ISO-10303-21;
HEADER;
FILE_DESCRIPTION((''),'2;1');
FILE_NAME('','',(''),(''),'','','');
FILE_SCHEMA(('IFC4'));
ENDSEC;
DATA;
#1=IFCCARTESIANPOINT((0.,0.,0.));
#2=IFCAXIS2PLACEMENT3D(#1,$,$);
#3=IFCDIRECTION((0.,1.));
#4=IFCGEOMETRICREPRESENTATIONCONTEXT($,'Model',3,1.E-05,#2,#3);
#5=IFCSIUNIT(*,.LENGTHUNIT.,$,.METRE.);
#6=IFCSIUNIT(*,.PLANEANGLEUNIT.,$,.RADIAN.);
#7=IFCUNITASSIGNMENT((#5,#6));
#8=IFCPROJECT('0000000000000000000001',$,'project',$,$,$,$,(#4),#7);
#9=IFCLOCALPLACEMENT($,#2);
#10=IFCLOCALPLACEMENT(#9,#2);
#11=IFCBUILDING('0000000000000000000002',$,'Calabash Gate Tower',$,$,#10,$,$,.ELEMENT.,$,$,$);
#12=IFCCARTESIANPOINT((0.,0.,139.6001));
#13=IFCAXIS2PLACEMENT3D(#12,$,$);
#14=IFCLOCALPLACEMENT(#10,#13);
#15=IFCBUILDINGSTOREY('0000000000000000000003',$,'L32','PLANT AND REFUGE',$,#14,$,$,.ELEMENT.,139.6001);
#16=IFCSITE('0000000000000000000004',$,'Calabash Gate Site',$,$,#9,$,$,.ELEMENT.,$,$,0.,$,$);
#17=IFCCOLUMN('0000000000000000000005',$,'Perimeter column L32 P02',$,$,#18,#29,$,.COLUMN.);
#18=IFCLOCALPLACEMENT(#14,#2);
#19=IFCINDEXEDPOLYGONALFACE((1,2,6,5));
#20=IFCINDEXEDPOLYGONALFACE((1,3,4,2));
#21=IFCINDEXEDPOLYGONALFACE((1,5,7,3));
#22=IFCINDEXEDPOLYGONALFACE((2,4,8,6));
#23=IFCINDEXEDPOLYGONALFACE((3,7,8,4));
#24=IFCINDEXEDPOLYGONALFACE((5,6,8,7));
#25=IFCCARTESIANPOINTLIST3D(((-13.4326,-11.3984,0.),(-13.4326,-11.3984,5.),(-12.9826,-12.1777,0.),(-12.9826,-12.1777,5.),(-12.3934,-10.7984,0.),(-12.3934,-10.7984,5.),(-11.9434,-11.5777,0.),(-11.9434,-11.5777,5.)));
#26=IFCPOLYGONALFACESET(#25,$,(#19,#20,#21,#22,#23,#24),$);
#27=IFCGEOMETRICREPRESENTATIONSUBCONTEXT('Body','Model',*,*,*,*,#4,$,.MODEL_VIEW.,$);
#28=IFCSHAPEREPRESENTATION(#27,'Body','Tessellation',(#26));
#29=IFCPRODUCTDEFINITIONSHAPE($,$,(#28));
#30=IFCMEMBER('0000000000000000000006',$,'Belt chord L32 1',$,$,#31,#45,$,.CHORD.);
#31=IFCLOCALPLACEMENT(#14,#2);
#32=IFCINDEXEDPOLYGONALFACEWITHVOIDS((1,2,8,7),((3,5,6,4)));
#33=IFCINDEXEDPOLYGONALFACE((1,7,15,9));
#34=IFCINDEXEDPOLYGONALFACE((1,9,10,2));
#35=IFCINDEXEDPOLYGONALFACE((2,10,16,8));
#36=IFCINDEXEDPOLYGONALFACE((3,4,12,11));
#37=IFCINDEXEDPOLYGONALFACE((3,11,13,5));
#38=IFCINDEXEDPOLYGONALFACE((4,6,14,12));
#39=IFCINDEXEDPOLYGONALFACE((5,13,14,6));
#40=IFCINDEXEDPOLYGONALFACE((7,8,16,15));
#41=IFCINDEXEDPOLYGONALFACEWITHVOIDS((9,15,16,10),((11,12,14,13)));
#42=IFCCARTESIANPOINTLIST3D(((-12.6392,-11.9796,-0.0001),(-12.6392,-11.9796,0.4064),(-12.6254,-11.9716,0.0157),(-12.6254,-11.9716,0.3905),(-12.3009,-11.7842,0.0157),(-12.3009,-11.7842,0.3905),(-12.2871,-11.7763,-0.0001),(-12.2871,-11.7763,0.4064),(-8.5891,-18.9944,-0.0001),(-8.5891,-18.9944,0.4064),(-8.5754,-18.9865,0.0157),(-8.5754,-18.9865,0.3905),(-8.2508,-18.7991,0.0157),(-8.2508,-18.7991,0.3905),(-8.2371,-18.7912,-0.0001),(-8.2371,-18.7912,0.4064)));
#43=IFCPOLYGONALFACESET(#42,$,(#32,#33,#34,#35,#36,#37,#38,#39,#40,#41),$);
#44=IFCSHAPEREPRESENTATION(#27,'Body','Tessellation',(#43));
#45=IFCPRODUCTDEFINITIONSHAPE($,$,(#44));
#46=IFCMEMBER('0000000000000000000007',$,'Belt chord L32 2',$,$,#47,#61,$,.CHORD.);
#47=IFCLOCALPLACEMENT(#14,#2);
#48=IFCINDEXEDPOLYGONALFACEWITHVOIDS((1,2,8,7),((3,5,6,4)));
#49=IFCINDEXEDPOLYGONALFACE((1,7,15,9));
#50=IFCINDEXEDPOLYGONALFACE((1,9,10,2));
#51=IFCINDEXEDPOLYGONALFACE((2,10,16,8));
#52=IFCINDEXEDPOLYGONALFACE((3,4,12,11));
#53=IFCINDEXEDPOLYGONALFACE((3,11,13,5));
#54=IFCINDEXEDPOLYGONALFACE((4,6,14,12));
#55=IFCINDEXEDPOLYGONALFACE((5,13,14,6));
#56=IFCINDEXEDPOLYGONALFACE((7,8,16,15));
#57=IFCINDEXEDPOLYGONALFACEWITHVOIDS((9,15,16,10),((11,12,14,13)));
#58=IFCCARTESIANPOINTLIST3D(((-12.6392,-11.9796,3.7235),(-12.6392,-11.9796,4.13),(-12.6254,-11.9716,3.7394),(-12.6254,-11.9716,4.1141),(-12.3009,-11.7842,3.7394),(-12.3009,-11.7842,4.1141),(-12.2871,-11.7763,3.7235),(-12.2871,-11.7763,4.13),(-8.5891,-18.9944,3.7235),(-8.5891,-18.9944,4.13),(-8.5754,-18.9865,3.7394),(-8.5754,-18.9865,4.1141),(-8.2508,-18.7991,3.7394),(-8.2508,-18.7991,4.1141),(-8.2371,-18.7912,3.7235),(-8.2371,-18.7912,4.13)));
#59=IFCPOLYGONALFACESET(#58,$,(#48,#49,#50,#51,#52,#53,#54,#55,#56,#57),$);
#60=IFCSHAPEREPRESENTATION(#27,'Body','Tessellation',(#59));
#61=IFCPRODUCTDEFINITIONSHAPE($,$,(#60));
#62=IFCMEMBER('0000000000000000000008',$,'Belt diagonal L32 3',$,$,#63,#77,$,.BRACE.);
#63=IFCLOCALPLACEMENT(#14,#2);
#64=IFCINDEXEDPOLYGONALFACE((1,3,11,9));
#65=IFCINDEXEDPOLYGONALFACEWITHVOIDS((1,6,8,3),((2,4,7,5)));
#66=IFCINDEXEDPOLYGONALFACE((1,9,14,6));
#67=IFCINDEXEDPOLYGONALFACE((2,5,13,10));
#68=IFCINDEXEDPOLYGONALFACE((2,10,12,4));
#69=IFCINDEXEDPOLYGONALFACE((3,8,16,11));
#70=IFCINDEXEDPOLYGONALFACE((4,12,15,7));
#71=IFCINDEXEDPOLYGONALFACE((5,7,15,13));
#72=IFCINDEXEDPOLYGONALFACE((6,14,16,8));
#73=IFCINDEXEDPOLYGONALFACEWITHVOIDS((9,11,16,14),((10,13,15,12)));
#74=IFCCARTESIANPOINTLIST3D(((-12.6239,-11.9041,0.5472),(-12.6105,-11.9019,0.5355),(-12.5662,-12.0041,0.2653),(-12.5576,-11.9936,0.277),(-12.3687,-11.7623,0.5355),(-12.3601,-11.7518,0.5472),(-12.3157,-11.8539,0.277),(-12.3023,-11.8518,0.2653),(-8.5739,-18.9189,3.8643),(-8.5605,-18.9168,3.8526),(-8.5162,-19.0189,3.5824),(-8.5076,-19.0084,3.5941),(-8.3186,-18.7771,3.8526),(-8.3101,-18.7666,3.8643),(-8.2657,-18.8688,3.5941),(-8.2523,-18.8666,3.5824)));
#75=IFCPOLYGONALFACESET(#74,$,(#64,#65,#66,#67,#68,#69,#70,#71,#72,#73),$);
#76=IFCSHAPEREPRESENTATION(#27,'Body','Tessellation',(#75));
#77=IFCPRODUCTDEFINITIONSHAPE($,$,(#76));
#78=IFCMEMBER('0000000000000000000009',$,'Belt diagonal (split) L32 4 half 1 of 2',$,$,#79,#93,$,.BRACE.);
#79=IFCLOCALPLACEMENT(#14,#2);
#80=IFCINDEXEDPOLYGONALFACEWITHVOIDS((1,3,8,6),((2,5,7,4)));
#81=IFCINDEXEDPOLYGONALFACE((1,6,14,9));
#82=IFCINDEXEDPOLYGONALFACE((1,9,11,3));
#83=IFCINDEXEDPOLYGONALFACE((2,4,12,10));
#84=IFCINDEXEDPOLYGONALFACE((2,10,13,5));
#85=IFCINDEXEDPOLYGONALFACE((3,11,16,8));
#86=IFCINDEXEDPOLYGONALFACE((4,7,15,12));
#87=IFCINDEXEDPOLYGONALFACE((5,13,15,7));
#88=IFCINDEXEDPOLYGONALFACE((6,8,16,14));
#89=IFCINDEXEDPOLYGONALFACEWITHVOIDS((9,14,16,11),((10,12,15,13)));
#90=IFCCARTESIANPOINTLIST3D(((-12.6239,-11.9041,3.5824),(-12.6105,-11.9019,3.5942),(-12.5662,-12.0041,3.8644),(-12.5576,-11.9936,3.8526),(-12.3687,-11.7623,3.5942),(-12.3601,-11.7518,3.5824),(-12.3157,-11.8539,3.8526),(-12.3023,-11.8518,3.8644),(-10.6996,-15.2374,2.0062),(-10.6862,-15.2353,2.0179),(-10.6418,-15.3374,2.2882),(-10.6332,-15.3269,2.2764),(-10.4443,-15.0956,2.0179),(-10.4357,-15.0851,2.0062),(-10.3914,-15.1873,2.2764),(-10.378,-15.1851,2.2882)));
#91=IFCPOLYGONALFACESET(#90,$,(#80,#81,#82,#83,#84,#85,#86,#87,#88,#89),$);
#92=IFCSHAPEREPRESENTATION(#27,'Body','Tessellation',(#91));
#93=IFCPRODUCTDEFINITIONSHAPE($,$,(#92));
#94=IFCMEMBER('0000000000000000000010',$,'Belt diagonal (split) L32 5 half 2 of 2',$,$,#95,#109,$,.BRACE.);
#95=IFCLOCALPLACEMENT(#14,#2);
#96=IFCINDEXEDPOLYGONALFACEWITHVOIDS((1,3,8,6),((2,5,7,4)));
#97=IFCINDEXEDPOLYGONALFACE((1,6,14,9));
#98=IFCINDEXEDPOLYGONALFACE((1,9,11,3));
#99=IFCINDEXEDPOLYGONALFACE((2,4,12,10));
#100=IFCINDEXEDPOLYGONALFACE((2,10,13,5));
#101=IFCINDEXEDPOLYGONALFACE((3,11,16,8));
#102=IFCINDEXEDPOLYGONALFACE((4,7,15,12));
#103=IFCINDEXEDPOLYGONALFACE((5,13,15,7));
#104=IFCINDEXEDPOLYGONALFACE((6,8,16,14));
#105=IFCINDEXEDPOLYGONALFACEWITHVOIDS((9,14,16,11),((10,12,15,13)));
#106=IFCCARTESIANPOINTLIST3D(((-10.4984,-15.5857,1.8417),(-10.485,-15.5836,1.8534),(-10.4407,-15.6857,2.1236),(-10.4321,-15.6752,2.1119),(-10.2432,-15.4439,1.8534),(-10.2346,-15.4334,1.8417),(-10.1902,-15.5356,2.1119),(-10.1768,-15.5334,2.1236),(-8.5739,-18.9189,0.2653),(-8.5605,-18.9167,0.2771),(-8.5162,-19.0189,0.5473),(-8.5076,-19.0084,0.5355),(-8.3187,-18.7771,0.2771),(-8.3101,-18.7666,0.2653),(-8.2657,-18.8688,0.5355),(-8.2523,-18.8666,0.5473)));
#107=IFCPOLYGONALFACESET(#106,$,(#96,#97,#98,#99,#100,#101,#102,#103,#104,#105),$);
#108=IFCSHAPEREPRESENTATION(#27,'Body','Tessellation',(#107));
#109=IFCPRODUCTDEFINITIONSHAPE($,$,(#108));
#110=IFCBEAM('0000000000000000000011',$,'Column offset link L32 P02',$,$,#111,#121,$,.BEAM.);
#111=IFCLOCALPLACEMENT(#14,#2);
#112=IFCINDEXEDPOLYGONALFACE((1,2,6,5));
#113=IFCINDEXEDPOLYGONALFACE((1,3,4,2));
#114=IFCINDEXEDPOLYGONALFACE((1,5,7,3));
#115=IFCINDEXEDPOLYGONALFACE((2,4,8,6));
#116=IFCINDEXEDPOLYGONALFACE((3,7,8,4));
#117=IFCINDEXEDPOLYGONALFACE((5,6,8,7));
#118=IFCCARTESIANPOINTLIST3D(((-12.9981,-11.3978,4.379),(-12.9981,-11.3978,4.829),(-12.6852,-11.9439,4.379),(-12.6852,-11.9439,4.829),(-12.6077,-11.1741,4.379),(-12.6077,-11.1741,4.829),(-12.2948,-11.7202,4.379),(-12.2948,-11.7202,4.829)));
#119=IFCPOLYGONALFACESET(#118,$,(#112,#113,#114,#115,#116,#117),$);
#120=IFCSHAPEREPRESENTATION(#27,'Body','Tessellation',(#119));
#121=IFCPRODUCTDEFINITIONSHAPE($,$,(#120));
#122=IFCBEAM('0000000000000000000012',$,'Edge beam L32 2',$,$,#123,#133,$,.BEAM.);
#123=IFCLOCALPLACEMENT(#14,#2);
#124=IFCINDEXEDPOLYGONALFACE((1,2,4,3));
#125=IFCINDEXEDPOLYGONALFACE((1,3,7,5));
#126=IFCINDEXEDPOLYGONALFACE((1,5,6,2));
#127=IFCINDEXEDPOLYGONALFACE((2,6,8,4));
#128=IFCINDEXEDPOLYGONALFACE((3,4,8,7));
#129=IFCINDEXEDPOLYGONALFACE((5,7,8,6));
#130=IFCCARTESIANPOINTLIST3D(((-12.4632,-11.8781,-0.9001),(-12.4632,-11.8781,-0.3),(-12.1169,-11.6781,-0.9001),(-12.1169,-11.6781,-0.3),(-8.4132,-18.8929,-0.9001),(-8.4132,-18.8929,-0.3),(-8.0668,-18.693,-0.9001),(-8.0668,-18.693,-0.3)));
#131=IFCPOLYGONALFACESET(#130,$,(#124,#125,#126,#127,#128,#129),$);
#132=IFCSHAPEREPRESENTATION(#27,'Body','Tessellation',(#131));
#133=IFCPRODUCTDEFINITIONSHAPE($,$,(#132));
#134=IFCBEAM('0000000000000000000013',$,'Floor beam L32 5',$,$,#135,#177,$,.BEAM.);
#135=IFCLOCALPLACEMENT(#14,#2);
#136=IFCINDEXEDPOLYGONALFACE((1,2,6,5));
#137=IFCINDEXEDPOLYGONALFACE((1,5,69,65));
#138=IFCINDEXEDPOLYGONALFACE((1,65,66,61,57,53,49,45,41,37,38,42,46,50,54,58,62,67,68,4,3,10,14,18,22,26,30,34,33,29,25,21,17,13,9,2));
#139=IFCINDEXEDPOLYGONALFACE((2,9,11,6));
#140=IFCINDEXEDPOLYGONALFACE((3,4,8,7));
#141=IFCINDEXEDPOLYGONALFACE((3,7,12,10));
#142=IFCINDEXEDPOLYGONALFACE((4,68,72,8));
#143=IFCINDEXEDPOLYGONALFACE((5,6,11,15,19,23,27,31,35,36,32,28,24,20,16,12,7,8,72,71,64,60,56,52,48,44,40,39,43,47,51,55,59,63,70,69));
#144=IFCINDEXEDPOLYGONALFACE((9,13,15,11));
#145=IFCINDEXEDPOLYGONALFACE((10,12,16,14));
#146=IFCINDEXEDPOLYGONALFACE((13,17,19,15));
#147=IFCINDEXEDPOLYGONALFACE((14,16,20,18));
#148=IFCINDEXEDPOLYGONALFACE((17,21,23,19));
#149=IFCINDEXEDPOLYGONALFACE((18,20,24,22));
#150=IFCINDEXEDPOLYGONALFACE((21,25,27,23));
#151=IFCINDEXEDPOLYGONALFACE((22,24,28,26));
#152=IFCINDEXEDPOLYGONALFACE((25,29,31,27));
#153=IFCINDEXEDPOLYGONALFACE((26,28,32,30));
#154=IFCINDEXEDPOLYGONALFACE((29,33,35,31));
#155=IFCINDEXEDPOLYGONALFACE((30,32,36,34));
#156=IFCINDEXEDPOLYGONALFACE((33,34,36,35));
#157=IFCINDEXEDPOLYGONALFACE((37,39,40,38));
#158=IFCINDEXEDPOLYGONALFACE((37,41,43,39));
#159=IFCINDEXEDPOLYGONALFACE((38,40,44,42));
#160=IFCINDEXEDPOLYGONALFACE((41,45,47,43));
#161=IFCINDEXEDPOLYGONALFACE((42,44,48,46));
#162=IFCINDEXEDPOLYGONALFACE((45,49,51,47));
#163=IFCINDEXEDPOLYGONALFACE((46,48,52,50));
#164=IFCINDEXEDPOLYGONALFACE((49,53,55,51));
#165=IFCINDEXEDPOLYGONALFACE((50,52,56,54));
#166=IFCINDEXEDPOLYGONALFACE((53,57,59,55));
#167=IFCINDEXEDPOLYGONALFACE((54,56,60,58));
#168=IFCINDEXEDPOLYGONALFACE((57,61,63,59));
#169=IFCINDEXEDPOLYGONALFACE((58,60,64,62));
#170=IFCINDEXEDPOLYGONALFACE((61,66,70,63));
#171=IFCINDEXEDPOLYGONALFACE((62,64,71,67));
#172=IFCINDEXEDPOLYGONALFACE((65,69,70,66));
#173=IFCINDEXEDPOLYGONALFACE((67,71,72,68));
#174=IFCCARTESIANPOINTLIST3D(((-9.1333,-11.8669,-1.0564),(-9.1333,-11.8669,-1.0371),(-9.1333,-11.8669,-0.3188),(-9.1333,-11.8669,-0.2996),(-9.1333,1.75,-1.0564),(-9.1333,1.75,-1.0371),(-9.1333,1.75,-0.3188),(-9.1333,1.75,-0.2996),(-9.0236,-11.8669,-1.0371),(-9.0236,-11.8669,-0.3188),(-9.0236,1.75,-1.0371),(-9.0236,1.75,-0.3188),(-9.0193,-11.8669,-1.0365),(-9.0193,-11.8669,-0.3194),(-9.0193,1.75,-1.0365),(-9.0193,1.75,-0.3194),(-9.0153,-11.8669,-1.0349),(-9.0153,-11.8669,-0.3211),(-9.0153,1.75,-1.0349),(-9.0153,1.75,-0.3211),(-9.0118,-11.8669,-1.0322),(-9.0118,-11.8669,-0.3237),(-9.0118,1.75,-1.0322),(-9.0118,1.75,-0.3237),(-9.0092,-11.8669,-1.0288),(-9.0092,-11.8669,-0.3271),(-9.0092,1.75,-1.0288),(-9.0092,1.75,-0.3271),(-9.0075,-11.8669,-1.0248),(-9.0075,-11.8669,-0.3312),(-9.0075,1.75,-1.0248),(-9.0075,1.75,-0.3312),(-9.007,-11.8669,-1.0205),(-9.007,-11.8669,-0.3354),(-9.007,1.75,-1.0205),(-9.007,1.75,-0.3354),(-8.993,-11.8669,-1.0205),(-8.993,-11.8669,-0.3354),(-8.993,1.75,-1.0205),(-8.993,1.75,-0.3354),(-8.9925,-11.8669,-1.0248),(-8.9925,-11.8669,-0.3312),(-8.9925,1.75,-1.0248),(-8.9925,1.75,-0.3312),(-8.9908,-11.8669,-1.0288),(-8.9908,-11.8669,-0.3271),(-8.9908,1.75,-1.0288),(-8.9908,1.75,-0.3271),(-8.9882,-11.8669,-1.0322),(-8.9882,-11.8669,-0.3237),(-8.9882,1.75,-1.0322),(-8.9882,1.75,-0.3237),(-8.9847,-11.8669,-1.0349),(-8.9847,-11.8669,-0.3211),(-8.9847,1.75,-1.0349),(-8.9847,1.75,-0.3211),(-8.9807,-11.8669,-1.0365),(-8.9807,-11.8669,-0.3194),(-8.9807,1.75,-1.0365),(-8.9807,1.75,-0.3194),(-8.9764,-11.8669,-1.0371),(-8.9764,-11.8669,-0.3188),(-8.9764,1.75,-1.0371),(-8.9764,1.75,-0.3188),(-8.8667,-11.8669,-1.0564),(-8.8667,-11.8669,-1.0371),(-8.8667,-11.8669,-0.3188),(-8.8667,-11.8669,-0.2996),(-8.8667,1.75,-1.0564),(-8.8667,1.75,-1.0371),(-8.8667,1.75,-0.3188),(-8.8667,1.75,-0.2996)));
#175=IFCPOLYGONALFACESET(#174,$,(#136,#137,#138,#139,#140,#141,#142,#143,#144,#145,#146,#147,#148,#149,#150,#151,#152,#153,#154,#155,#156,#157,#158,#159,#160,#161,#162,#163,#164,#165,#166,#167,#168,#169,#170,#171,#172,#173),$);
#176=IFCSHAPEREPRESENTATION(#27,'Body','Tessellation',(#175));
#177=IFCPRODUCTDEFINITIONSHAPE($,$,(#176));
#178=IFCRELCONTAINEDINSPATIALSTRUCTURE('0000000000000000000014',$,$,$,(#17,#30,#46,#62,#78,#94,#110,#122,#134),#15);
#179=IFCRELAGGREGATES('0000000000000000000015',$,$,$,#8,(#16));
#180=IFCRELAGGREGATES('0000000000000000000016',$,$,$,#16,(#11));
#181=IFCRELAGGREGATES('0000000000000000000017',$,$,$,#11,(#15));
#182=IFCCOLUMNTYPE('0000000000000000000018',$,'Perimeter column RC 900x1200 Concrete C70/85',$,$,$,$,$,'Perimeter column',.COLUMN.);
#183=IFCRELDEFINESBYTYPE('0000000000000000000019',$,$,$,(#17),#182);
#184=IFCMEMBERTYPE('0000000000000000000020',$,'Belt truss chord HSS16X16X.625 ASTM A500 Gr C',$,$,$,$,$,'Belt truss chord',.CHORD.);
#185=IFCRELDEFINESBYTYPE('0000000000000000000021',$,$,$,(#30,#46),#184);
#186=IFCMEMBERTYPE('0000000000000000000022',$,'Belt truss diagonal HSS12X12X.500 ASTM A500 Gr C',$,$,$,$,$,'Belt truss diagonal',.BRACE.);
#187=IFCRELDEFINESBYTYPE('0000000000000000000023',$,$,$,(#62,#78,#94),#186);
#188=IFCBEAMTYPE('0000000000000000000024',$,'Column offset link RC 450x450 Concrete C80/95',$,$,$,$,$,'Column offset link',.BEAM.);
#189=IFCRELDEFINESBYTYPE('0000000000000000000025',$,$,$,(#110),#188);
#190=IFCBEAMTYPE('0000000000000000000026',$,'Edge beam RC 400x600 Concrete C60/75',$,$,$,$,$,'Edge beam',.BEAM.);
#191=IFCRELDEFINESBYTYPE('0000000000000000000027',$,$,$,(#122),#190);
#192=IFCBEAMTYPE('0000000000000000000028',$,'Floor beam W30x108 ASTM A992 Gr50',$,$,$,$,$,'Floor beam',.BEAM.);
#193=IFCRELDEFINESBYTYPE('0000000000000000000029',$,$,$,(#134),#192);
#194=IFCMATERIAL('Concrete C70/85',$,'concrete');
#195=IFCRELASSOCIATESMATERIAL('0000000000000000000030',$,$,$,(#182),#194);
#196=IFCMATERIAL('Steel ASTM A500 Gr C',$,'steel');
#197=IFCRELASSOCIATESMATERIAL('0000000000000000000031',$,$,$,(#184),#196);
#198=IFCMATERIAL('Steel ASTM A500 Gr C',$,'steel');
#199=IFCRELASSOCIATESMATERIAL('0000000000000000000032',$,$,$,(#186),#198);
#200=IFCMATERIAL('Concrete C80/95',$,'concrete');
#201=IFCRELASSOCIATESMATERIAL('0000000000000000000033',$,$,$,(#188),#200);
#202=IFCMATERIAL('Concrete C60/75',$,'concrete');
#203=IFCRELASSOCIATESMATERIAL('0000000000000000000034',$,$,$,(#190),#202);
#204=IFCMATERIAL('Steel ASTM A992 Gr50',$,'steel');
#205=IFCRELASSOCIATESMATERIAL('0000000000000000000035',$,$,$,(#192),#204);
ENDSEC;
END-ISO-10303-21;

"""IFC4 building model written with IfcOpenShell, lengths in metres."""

from ifc_helpers import new_model, si_unit, direction, frame, origin, origin_2d, place, context, subcontext, project, spatial, rectangle, hollow_rectangle, i_section, extrude, material, material_profile, profile_set, type_object, element, save


model = new_model("IFC4")

# Units and contexts
model_context = context("Model", 3, precision=1e-05, world=origin(), true_north=direction((0.0, 1.0)))
body_context = subcontext(model_context, "Body", "Model", "MODEL_VIEW")
ifc_project = project(units=[si_unit("LENGTHUNIT", "METRE"), si_unit("PLANEANGLEUNIT", "RADIAN")], contexts=[model_context])

# Site, building, storey
site_placement = place(None, origin())
site = spatial("IfcSite", under=ifc_project, at=site_placement, Name="Calabash Gate Site", CompositionType="ELEMENT", RefElevation=0.0)
building_placement = place(site_placement, origin())
building = spatial("IfcBuilding", under=site, at=building_placement, Name="Calabash Gate Tower", CompositionType="ELEMENT")
storey_placement = place(building_placement, frame((0.0, 0.0, 139.6001)))
storey = spatial("IfcBuildingStorey", under=building, at=storey_placement, Name="L32", Description="PLANT AND REFUGE", CompositionType="ELEMENT", Elevation=139.6001)

# Column
ifc_material_1 = material(Name="Concrete C70/85", Category="concrete")
ifc_material_profile_1 = material_profile(ifc_material_1, rectangle(XDim=0.8999, YDim=1.2, at=origin_2d()))
ifc_profile_set_1 = profile_set([ifc_material_profile_1], Name="Concrete C70/85")
column_type = type_object("IfcColumnType", Name="Perimeter column RC 900x1200 Concrete C70/85", ElementType="Perimeter column", PredefinedType="COLUMN", material=ifc_profile_set_1)
column_placement = place(storey_placement, frame((-12.688, -11.488, 0.0), z_axis=(0.0, 0.0, 1.0), x_axis=(0.5, -0.866025, 0.0)))
element("IfcColumn", 1, at=column_placement, inside=storey, type_object=column_type, Name="Perimeter column L32 P02", PredefinedType="COLUMN", context=body_context, shape_type="SweptSolid", body=[
    extrude(rectangle(XDim=0.8999, YDim=1.2, at=origin_2d()), origin(), (0.0, 0.0, 1.0), 5.0),
])

# Members
ifc_material_2 = material(Name="Steel ASTM A500 Gr C", Category="steel")
ifc_material_profile_2 = material_profile(ifc_material_2, hollow_rectangle(XDim=0.4065, YDim=0.4065, WallThickness=0.0159, at=origin_2d()))
ifc_profile_set_2 = profile_set([ifc_material_profile_2], Name="Steel ASTM A500 Gr C")
member_type_1 = type_object("IfcMemberType", Name="Belt truss chord HSS16X16X.625 ASTM A500 Gr C", ElementType="Belt truss chord", PredefinedType="CHORD", material=ifc_profile_set_2)
for number, where, z_axis, x_axis, name in (
    (2, (-12.4631, -11.8779, 0.2031), (0.5, -0.866025, 0.0), (0.866025, 0.5, 0.0), "Belt chord L32 1"),
    (3, (-12.4631, -11.8779, 3.9268), (0.5, -0.866025, 0.0), (0.866025, 0.5, 0.0), "Belt chord L32 2"),
):
    element("IfcMember", number, at=place(storey_placement, frame(where, z_axis=z_axis, x_axis=x_axis)), inside=storey, type_object=member_type_1, Name=name, PredefinedType="CHORD", context=body_context, shape_type="SweptSolid", body=[
        extrude(hollow_rectangle(XDim=0.4065, YDim=0.4065, WallThickness=0.0159, at=origin_2d()), origin(), (0.0, 0.0, 1.0), 8.1001),
    ])
ifc_material_3 = material(Name="Steel ASTM A500 Gr C", Category="steel")
ifc_material_profile_3 = material_profile(ifc_material_3, hollow_rectangle(XDim=0.3047, YDim=0.3047, WallThickness=0.0127, at=origin_2d()))
ifc_profile_set_3 = profile_set([ifc_material_profile_3], Name="Steel ASTM A500 Gr C")
member_type_2 = type_object("IfcMemberType", Name="Belt truss diagonal HSS12X12X.500 ASTM A500 Gr C", ElementType="Belt truss diagonal", PredefinedType="BRACE", material=ifc_profile_set_3)
member_placement = place(storey_placement, frame((-12.4631, -11.8779, 0.4062), z_axis=(0.462704, -0.801427, 0.378972), x_axis=(0.866025, 0.5, 0.0)))
element("IfcMember", 4, at=member_placement, inside=storey, type_object=member_type_2, Name="Belt diagonal L32 3", PredefinedType="BRACE", context=body_context, shape_type="SweptSolid", body=[
    extrude(hollow_rectangle(XDim=0.3047, YDim=0.3047, WallThickness=0.0127, at=origin_2d()), origin(), (0.0, 0.0, 1.0), 8.7529),
])
for number, where, z_axis, x_axis, name in (
    (5, (-12.4631, -11.8779, 3.7234), (0.462679, -0.801441, -0.378972), (0.866041, 0.499973, 0.0), "Belt diagonal (split) L32 4 half 1 of 2"),
    (6, (-10.3376, -15.5596, 1.9827), (0.462715, -0.801402, -0.379012), (0.866013, 0.500021, 0.0), "Belt diagonal (split) L32 5 half 2 of 2"),
):
    element("IfcMember", number, at=place(storey_placement, frame(where, z_axis=z_axis, x_axis=x_axis)), inside=storey, type_object=member_type_2, Name=name, PredefinedType="BRACE", context=body_context, shape_type="SweptSolid", body=[
        extrude(hollow_rectangle(XDim=0.3047, YDim=0.3047, WallThickness=0.0127, at=origin_2d()), origin(), (0.0, 0.0, 1.0), 4.1592),
    ])

# Beams
ifc_material_4 = material(Name="Concrete C80/95", Category="concrete")
ifc_material_profile_4 = material_profile(ifc_material_4, rectangle(XDim=0.45, YDim=0.45, at=origin_2d()))
ifc_profile_set_4 = profile_set([ifc_material_profile_4], Name="Concrete C80/95")
beam_type_1 = type_object("IfcBeamType", Name="Column offset link RC 450x450 Concrete C80/95", ElementType="Column offset link", PredefinedType="BEAM", material=ifc_profile_set_4)
beam_1_placement = place(storey_placement, frame((-12.49, -11.832, 4.604), z_axis=(-0.497225, 0.867622, 0.0), x_axis=(-0.867622, -0.497225, 0.0)))
element("IfcBeam", 7, at=beam_1_placement, inside=storey, type_object=beam_type_1, Name="Column offset link L32 P02", PredefinedType="BEAM", context=body_context, shape_type="SweptSolid", body=[
    extrude(rectangle(XDim=0.45, YDim=0.45, at=origin_2d()), origin(), (0.0, 0.0, 1.0), 0.6294),
])
ifc_material_5 = material(Name="Concrete C60/75", Category="concrete")
ifc_material_profile_5 = material_profile(ifc_material_5, rectangle(XDim=0.3999, YDim=0.6001, at=origin_2d()))
ifc_profile_set_5 = profile_set([ifc_material_profile_5], Name="Concrete C60/75")
beam_type_2 = type_object("IfcBeamType", Name="Edge beam RC 400x600 Concrete C60/75", ElementType="Edge beam", PredefinedType="BEAM", material=ifc_profile_set_5)
beam_2_placement = place(storey_placement, frame((-12.29, -11.7781, -0.6001), z_axis=(0.5, -0.866025, 0.0), x_axis=(0.866025, 0.5, 0.0)))
element("IfcBeam", 8, at=beam_2_placement, inside=storey, type_object=beam_type_2, Name="Edge beam L32 2", PredefinedType="BEAM", context=body_context, shape_type="SweptSolid", body=[
    extrude(rectangle(XDim=0.3999, YDim=0.6001, at=origin_2d()), origin(), (0.0, 0.0, 1.0), 8.1001),
])
ifc_material_6 = material(Name="Steel ASTM A992 Gr50", Category="steel")
ifc_material_profile_6 = material_profile(ifc_material_6, i_section(OverallWidth=0.2666, OverallDepth=0.7568, WebThickness=0.0139, FlangeThickness=0.0193, FilletRadius=0.0166, at=origin_2d()))
ifc_profile_set_6 = profile_set([ifc_material_profile_6], Name="Steel ASTM A992 Gr50")
beam_type_3 = type_object("IfcBeamType", Name="Floor beam W30x108 ASTM A992 Gr50", ElementType="Floor beam", PredefinedType="BEAM", material=ifc_profile_set_6)
beam_3_placement = place(storey_placement, frame((-9.0, -11.8669, -0.678), z_axis=(0.0, 1.0, 0.0), x_axis=(-1.0, 0.0, 0.0)))
element("IfcBeam", 9, at=beam_3_placement, inside=storey, type_object=beam_type_3, Name="Floor beam L32 5", PredefinedType="BEAM", context=body_context, shape_type="SweptSolid", body=[
    extrude(i_section(OverallWidth=0.2666, OverallDepth=0.7568, WebThickness=0.0139, FlangeThickness=0.0193, FilletRadius=0.0166, at=origin_2d()), origin(), (0.0, 0.0, 1.0), 13.6169),
])

save(model, "model.ifc")
